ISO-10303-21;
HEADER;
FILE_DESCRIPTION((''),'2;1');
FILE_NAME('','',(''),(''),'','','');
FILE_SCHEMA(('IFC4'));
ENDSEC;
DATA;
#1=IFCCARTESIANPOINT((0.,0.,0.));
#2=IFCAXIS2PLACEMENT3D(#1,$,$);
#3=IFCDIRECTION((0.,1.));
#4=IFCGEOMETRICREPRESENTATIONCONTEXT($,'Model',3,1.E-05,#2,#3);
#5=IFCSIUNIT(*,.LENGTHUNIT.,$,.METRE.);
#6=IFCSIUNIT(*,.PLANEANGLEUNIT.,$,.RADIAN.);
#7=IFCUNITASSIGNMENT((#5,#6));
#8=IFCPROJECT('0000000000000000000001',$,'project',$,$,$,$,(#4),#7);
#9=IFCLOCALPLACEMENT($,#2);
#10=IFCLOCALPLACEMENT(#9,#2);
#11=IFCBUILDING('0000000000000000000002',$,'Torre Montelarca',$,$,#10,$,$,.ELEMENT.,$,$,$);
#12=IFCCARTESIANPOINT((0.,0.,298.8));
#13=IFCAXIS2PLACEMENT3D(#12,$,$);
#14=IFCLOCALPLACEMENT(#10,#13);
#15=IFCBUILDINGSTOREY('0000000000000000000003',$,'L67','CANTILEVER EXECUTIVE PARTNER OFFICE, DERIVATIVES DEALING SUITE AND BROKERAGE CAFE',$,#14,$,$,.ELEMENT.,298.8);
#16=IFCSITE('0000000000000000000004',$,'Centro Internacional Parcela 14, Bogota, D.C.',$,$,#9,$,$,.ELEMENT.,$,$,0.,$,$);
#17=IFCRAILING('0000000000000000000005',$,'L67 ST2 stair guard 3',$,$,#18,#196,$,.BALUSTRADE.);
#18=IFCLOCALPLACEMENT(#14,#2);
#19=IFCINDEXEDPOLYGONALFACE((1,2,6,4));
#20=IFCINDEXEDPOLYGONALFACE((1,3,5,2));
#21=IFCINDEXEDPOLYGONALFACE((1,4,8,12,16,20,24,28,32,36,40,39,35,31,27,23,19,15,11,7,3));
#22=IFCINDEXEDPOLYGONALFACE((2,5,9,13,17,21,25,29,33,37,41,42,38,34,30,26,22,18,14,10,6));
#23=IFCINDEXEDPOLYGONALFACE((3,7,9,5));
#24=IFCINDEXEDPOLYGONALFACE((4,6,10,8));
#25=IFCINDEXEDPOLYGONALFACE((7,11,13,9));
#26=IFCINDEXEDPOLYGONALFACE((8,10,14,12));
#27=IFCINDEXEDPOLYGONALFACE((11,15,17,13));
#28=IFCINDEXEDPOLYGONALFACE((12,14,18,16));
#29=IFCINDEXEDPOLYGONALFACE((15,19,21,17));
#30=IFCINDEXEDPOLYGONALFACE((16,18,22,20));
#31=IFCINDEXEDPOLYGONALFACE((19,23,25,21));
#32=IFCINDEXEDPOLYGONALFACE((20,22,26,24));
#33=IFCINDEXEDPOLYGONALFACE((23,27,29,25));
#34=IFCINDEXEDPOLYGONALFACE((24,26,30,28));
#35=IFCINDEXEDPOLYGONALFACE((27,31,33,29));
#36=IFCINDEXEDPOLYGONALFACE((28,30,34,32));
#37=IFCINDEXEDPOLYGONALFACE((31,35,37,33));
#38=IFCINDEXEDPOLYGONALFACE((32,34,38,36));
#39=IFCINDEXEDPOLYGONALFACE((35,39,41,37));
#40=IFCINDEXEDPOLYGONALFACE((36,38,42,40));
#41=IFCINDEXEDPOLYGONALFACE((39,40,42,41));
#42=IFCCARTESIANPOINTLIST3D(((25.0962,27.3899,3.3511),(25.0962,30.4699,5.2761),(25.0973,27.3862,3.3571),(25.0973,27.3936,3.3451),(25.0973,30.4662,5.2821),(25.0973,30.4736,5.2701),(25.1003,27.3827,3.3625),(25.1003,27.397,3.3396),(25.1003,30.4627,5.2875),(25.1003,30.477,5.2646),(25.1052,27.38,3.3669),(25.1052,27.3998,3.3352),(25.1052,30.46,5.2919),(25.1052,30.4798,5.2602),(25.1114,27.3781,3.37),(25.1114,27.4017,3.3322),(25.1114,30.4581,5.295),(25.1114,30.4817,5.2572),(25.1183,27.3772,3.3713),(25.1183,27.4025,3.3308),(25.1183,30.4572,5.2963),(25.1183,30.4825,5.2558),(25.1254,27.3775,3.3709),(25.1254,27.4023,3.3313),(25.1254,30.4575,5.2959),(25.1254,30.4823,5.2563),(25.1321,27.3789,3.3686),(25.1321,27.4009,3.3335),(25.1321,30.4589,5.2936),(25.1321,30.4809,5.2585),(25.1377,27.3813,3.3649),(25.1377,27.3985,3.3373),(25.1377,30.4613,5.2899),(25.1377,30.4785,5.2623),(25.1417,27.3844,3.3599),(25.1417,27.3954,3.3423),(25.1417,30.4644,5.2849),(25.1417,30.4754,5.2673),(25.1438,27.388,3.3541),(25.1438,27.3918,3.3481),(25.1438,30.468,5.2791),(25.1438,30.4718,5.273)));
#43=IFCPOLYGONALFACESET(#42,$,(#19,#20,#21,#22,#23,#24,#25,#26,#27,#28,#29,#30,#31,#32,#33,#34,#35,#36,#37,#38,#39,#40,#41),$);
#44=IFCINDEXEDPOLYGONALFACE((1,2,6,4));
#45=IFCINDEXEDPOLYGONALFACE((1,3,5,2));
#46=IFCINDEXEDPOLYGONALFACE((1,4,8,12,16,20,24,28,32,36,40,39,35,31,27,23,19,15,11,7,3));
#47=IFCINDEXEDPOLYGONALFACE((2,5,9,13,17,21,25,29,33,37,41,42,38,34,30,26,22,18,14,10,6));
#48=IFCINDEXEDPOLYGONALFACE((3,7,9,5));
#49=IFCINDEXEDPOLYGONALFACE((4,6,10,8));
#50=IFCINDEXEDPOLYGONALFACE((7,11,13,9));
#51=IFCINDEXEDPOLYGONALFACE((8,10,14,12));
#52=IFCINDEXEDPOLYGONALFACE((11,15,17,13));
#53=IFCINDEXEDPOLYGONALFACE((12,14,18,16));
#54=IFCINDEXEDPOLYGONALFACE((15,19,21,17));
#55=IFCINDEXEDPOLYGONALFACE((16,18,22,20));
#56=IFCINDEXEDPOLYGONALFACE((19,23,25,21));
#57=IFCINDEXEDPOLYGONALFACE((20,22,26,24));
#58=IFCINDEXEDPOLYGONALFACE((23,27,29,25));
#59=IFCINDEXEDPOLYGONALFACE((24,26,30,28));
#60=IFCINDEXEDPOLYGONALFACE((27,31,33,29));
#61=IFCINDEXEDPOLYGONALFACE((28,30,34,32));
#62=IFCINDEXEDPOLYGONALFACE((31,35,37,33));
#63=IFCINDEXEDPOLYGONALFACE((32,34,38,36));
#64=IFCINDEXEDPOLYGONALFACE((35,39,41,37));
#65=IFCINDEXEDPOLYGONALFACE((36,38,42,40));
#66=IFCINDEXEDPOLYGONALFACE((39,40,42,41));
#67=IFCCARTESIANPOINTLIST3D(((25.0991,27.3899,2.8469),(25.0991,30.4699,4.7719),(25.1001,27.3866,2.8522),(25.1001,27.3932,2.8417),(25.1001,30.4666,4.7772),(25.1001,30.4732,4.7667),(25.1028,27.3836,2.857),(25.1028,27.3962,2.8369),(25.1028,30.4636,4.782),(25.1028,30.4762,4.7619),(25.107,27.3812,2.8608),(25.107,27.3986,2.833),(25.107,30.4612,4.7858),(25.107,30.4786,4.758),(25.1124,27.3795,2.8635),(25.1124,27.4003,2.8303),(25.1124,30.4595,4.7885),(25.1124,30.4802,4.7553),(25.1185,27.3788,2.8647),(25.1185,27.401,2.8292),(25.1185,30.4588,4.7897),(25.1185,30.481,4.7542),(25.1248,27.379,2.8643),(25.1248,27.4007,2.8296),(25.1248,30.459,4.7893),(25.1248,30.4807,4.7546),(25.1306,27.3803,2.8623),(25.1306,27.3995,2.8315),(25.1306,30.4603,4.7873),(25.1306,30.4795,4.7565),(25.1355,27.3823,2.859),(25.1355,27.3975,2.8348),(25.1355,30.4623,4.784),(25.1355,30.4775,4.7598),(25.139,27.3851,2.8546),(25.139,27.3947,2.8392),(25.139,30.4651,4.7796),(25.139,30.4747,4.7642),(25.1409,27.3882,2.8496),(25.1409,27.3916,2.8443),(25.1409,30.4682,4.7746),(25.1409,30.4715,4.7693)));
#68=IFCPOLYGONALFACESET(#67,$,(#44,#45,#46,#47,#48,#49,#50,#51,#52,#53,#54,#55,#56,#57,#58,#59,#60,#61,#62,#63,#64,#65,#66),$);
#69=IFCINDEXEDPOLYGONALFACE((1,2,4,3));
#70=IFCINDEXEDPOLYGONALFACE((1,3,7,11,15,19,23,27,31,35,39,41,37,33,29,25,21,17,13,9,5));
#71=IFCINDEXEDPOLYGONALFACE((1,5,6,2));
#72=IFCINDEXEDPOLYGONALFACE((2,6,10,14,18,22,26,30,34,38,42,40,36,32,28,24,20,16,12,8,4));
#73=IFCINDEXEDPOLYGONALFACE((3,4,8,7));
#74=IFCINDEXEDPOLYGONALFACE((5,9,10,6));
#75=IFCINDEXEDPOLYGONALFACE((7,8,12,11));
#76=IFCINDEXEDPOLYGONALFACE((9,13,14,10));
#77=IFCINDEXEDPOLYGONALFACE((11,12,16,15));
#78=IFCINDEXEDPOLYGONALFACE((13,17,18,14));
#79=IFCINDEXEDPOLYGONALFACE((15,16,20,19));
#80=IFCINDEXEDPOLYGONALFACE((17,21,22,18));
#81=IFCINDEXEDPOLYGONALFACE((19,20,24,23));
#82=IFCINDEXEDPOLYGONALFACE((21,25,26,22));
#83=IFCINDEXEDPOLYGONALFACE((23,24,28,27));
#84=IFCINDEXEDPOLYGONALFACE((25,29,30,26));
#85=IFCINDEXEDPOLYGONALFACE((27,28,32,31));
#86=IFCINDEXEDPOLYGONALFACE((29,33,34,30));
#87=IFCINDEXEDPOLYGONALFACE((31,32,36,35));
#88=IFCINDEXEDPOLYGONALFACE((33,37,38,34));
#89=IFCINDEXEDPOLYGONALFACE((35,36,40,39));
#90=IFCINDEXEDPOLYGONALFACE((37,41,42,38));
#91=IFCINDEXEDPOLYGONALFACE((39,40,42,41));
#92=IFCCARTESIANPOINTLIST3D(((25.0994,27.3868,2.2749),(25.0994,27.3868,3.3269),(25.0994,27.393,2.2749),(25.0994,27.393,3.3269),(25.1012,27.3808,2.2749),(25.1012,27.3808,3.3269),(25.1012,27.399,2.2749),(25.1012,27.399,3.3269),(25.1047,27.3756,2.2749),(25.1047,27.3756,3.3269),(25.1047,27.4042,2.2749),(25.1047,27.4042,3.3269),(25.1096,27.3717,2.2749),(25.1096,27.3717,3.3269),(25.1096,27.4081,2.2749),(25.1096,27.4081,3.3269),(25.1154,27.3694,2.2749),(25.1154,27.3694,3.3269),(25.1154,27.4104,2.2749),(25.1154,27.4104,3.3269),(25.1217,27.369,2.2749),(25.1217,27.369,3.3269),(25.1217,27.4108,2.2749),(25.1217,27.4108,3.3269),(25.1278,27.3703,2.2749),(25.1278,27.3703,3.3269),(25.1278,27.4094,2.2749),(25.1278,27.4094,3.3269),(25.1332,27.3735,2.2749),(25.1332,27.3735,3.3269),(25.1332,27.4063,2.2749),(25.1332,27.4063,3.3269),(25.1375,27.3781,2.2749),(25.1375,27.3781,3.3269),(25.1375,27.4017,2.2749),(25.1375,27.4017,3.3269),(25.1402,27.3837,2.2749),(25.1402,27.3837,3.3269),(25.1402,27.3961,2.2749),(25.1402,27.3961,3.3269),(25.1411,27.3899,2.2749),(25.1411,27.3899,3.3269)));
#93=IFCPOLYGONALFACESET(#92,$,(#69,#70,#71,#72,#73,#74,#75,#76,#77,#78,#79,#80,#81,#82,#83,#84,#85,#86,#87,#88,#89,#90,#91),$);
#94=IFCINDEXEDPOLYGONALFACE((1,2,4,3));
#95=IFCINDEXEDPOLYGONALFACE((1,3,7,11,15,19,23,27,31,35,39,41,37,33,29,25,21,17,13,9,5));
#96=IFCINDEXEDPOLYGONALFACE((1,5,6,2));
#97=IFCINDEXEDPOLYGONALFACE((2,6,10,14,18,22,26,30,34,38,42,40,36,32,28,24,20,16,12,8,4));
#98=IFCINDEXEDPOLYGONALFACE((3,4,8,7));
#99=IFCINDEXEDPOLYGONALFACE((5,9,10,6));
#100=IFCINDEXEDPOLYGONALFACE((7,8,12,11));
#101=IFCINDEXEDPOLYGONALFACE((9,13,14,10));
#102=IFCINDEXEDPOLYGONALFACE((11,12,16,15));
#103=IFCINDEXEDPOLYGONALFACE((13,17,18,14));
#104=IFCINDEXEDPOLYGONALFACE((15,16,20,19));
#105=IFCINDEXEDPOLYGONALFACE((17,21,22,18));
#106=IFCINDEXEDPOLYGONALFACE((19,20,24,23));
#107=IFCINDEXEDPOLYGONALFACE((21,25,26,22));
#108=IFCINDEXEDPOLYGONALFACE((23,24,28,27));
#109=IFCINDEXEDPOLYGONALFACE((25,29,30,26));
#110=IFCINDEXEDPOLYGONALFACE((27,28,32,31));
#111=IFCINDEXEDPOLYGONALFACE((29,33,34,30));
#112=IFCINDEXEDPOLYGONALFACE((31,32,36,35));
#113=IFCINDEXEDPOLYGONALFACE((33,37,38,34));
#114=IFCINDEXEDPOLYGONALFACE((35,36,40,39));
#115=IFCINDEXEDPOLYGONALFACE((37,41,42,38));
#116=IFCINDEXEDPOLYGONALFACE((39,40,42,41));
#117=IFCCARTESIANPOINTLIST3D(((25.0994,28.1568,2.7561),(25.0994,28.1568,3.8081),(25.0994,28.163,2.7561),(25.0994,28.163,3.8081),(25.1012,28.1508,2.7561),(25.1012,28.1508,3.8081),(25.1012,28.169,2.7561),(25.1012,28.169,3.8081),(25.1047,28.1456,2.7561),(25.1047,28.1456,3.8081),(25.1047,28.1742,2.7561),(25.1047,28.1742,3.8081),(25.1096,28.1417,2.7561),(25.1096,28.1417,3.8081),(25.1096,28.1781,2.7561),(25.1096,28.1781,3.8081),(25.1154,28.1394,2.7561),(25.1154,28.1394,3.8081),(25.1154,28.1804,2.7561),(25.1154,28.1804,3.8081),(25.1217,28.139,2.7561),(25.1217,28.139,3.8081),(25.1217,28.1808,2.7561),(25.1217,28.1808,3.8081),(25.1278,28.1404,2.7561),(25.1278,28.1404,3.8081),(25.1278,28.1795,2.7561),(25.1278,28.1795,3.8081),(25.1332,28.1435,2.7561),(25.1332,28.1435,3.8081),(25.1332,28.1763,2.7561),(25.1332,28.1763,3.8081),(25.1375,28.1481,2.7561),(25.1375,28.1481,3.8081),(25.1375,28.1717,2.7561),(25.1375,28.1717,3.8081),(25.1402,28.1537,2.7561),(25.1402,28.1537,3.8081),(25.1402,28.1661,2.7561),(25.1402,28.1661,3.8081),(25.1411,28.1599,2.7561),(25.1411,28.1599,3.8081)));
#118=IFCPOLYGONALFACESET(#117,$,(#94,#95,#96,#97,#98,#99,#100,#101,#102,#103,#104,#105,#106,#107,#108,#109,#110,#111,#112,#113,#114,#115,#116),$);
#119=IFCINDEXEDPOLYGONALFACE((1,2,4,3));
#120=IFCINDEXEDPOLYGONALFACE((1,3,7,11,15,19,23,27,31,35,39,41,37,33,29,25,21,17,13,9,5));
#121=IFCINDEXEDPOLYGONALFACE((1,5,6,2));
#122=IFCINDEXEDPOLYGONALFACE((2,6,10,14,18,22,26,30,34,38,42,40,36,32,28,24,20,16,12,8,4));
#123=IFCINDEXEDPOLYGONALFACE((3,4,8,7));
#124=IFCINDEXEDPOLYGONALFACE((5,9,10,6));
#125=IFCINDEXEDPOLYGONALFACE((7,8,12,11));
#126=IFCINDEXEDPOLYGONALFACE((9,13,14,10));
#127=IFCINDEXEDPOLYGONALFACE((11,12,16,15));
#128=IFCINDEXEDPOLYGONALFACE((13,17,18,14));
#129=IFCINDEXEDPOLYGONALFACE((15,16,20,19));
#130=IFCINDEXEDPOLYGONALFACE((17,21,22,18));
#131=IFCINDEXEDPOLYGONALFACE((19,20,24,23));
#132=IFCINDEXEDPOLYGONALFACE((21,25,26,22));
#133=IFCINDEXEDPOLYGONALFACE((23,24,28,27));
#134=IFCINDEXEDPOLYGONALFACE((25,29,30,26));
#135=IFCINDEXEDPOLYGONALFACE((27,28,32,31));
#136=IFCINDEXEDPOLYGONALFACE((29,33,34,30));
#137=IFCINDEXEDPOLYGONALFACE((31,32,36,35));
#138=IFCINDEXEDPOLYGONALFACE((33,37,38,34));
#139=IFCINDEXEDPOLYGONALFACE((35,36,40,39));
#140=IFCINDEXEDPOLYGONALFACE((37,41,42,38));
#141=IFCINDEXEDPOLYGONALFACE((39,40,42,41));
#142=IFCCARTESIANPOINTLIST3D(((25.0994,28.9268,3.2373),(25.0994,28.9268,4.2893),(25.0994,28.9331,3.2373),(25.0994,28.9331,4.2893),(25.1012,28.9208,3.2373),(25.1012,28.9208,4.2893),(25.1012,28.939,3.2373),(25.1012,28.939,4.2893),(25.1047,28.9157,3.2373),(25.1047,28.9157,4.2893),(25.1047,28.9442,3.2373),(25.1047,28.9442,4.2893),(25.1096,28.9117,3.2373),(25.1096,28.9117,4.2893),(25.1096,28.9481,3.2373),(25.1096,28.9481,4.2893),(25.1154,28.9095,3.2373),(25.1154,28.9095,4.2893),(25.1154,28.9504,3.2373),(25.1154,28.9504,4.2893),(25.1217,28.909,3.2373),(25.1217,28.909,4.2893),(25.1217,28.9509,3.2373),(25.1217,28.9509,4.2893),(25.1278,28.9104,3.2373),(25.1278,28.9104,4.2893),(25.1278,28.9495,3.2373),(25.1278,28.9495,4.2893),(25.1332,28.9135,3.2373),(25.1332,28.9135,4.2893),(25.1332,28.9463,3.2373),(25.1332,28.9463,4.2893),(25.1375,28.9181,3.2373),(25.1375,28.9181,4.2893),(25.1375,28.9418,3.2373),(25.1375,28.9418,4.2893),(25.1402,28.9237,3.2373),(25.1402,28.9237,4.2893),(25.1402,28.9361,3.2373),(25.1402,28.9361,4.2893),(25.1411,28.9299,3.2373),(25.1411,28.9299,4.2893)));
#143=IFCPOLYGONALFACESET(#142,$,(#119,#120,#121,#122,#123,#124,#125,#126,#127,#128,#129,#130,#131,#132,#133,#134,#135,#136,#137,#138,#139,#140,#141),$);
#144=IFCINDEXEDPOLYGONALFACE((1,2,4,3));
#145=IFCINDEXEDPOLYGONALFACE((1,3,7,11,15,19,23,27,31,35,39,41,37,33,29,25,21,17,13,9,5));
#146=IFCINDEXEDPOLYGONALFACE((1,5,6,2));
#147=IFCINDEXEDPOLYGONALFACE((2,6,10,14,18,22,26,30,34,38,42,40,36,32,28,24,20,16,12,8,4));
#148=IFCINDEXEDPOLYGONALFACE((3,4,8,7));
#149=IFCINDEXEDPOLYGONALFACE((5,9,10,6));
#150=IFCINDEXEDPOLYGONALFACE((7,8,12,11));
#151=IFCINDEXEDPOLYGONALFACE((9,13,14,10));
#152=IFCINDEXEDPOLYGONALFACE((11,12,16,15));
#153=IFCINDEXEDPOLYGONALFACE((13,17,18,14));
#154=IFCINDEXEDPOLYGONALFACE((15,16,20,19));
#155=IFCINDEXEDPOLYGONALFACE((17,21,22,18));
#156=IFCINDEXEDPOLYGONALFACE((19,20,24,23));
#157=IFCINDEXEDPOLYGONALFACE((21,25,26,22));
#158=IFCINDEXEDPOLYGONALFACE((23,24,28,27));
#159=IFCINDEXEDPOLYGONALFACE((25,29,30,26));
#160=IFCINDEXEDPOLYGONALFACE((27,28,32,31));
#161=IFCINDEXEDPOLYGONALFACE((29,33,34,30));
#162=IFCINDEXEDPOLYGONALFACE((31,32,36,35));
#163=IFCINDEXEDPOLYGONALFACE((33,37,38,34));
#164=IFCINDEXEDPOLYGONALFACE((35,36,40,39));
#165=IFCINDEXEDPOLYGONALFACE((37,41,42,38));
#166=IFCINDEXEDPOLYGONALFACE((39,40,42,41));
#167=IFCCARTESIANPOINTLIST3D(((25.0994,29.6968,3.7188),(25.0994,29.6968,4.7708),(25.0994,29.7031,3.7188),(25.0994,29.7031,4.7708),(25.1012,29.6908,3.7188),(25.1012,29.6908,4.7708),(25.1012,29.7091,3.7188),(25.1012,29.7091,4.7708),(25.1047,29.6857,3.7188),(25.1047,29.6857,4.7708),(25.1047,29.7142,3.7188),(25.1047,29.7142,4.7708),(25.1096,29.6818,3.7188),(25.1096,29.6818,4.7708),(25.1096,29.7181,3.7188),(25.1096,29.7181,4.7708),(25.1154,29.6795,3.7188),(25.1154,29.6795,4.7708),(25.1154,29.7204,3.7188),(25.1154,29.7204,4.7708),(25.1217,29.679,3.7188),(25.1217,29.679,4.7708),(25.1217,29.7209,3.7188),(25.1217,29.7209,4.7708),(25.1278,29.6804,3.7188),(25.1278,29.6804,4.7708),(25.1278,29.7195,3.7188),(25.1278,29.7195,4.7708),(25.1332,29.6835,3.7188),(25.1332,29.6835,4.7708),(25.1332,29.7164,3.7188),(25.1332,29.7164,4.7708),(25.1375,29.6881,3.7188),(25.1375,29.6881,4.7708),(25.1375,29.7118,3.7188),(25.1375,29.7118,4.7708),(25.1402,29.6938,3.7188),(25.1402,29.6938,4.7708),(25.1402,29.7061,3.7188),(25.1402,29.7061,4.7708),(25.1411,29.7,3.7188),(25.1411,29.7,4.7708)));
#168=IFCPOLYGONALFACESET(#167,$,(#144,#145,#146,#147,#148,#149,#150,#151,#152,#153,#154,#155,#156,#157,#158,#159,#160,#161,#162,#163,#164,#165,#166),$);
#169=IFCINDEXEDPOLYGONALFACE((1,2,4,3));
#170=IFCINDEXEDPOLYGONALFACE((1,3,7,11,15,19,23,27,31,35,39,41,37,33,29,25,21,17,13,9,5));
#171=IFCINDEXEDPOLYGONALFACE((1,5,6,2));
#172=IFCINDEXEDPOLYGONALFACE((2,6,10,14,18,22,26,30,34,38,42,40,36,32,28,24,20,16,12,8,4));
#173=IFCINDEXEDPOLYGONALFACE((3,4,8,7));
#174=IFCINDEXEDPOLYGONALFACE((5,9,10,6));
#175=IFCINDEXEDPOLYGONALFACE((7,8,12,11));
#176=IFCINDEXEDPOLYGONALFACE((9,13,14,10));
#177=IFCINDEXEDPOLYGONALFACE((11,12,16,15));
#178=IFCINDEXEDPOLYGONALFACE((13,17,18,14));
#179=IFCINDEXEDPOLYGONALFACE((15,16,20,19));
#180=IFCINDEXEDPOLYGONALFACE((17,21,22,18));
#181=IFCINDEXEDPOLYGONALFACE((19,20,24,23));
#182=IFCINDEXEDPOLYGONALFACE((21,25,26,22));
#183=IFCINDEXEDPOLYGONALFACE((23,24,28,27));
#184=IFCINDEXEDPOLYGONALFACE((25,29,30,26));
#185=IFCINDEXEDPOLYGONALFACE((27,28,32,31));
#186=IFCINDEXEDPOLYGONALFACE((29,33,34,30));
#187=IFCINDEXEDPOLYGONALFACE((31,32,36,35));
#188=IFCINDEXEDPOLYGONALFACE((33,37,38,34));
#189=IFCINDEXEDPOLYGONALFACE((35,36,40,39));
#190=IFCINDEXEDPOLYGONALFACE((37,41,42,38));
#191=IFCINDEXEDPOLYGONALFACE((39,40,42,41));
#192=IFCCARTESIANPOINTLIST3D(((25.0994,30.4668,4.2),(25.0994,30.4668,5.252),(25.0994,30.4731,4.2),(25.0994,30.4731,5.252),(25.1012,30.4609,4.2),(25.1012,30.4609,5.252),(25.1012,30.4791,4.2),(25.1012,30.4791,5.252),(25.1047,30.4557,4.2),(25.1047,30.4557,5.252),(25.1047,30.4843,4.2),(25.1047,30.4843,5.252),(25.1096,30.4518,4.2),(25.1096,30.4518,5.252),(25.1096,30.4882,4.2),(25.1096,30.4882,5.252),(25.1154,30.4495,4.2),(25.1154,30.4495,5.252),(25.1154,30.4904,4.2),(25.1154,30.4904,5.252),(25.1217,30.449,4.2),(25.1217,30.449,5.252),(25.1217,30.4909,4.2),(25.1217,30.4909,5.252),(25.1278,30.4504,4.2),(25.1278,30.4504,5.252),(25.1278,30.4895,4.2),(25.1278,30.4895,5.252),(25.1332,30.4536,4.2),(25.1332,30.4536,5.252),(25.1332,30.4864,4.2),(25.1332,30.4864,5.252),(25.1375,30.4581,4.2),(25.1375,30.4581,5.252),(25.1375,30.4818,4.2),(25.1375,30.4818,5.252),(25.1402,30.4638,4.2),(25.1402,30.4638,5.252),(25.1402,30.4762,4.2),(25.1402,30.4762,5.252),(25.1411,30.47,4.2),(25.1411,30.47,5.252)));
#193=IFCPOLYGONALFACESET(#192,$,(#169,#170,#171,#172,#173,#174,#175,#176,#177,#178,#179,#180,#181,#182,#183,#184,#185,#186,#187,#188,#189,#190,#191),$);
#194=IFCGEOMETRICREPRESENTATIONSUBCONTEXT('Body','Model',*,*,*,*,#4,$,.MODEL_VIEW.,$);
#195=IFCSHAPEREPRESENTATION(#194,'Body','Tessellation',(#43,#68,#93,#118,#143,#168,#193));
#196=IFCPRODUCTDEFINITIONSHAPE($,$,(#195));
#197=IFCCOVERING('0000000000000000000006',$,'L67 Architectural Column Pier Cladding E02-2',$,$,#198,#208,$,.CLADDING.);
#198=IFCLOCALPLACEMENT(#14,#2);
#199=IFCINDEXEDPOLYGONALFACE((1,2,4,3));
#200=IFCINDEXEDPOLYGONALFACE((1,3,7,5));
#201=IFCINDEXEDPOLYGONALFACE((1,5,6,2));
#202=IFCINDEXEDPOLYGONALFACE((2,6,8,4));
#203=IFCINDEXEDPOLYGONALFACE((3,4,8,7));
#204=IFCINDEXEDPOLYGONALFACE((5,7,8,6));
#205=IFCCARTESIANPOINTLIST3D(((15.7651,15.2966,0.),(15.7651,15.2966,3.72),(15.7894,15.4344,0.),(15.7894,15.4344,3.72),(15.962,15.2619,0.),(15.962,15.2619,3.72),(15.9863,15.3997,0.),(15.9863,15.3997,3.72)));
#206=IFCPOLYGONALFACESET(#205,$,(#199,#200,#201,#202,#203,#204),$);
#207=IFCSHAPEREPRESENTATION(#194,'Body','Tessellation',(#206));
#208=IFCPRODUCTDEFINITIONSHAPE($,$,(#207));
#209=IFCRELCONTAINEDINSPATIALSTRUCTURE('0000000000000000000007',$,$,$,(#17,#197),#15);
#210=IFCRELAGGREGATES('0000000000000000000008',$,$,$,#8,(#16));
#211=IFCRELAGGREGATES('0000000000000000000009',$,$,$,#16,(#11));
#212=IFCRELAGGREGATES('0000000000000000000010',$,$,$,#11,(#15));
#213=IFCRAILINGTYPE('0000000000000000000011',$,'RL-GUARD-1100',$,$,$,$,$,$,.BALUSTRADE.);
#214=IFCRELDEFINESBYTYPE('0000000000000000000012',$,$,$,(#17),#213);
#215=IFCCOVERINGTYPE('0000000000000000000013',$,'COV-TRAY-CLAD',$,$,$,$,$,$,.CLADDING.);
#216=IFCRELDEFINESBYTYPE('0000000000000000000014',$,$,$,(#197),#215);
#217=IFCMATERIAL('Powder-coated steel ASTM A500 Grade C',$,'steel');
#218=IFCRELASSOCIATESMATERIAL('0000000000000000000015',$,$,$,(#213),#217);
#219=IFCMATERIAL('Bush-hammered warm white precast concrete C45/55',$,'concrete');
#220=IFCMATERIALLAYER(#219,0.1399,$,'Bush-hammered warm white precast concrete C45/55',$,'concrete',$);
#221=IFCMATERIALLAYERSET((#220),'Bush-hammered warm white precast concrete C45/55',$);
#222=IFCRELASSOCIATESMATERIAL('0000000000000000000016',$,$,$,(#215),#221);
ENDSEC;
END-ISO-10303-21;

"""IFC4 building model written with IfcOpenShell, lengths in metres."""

from ifc_helpers import new_model, si_unit, direction, frame, origin, origin_2d, place, context, subcontext, project, spatial, rectangle, circle, extrude, source, transform, mapped, material, layer, layer_set, type_object, element, save


model = new_model("IFC4")

# Units and contexts
model_context = context("Model", 3, precision=1e-05, world=origin(), true_north=direction((0.0, 1.0)))
body_context = subcontext(model_context, "Body", "Model", "MODEL_VIEW")
ifc_project = project(units=[si_unit("LENGTHUNIT", "METRE"), si_unit("PLANEANGLEUNIT", "RADIAN")], contexts=[model_context])

# Site, building, storey
site_placement = place(None, origin())
site = spatial("IfcSite", under=ifc_project, at=site_placement, Name="Centro Internacional Parcela 14, Bogota, D.C.", CompositionType="ELEMENT", RefElevation=0.0)
building_placement = place(site_placement, origin())
building = spatial("IfcBuilding", under=site, at=building_placement, Name="Torre Montelarca", CompositionType="ELEMENT")
storey_placement = place(building_placement, frame((0.0, 0.0, 298.8)))
storey = spatial("IfcBuildingStorey", under=building, at=storey_placement, Name="L67", Description="CANTILEVER EXECUTIVE PARTNER OFFICE, DERIVATIVES DEALING SUITE AND BROKERAGE CAFE", CompositionType="ELEMENT", Elevation=298.8)

# Railing
ifc_material_1 = material(Name="Powder-coated steel ASTM A500 Grade C", Category="steel")
railing_type = type_object("IfcRailingType", Name="RL-GUARD-1100", PredefinedType="BALUSTRADE", material=ifc_material_1)
railing_1_placement = place(storey_placement, frame((25.1201, 27.3899, 2.2749)))
element("IfcRailing", 1, at=railing_1_placement, inside=storey, type_object=railing_type, Name="L67 ST2 stair guard 3", PredefinedType="BALUSTRADE", context=body_context, shape_type="SweptSolid", body=[
    extrude(circle(Radius=0.0239, at=origin_2d()), frame((0.0, 0.0, 1.0762), z_axis=(0.0, 0.847998, 0.529999), x_axis=(-1.0, 0.0, 0.0)), (0.0, 0.0, 1.0), 3.6321),
    extrude(circle(Radius=0.021, at=origin_2d()), frame((0.0, 0.0, 0.572), z_axis=(0.0, 0.847998, 0.529999), x_axis=(-1.0, 0.0, 0.0)), (0.0, 0.0, 1.0), 3.6321),
    extrude(circle(Radius=0.021, at=origin_2d()), origin(), (0.0, 0.0, 1.0), 1.052),
    extrude(circle(Radius=0.021, at=origin_2d()), frame((0.0, 0.77, 0.4812)), (0.0, 0.0, 1.0), 1.052),
    extrude(circle(Radius=0.021, at=origin_2d()), frame((0.0, 1.54, 0.9624)), (0.0, 0.0, 1.0), 1.052),
    extrude(circle(Radius=0.021, at=origin_2d()), frame((0.0, 2.3101, 1.4438)), (0.0, 0.0, 1.0), 1.052),
    extrude(circle(Radius=0.021, at=origin_2d()), frame((0.0, 3.0801, 1.925)), (0.0, 0.0, 1.0), 1.052),
])

# Covering
ifc_material_2 = material(Name="Bush-hammered warm white precast concrete C45/55", Category="concrete")
ifc_layer_1 = layer(ifc_material_2, 0.1399, Name="Bush-hammered warm white precast concrete C45/55", Category="concrete")
ifc_layer_set_1 = layer_set([ifc_layer_1], Name="Bush-hammered warm white precast concrete C45/55")
covering_type = type_object("IfcCoveringType", Name="COV-TRAY-CLAD", PredefinedType="CLADDING", material=ifc_layer_set_1)
shared_shape_1 = source(origin(), body_context, "Body", "SweptSolid", [
    extrude(rectangle(XDim=0.2, YDim=0.1399, at=origin_2d()), origin(), (0.0, 0.0, 1.0), 3.72),
])
for number, where, z_axis, x_axis, name in (
    (2, (15.8757, 15.3481, 0.0), (0.0, 0.0, 1.0), (0.984807, -0.173653, 0.0), "L67 Architectural Column Pier Cladding E02-2"),
):
    element("IfcCovering", number, at=place(storey_placement, frame(where, z_axis=z_axis, x_axis=x_axis)), inside=storey, type_object=covering_type, Name=name, PredefinedType="CLADDING", context=body_context, shape_type="MappedRepresentation", body=[
        mapped(shared_shape_1, transform((0.0, 0.0, 0.0), scale=1.0)),
    ])

save(model, "model.ifc")
